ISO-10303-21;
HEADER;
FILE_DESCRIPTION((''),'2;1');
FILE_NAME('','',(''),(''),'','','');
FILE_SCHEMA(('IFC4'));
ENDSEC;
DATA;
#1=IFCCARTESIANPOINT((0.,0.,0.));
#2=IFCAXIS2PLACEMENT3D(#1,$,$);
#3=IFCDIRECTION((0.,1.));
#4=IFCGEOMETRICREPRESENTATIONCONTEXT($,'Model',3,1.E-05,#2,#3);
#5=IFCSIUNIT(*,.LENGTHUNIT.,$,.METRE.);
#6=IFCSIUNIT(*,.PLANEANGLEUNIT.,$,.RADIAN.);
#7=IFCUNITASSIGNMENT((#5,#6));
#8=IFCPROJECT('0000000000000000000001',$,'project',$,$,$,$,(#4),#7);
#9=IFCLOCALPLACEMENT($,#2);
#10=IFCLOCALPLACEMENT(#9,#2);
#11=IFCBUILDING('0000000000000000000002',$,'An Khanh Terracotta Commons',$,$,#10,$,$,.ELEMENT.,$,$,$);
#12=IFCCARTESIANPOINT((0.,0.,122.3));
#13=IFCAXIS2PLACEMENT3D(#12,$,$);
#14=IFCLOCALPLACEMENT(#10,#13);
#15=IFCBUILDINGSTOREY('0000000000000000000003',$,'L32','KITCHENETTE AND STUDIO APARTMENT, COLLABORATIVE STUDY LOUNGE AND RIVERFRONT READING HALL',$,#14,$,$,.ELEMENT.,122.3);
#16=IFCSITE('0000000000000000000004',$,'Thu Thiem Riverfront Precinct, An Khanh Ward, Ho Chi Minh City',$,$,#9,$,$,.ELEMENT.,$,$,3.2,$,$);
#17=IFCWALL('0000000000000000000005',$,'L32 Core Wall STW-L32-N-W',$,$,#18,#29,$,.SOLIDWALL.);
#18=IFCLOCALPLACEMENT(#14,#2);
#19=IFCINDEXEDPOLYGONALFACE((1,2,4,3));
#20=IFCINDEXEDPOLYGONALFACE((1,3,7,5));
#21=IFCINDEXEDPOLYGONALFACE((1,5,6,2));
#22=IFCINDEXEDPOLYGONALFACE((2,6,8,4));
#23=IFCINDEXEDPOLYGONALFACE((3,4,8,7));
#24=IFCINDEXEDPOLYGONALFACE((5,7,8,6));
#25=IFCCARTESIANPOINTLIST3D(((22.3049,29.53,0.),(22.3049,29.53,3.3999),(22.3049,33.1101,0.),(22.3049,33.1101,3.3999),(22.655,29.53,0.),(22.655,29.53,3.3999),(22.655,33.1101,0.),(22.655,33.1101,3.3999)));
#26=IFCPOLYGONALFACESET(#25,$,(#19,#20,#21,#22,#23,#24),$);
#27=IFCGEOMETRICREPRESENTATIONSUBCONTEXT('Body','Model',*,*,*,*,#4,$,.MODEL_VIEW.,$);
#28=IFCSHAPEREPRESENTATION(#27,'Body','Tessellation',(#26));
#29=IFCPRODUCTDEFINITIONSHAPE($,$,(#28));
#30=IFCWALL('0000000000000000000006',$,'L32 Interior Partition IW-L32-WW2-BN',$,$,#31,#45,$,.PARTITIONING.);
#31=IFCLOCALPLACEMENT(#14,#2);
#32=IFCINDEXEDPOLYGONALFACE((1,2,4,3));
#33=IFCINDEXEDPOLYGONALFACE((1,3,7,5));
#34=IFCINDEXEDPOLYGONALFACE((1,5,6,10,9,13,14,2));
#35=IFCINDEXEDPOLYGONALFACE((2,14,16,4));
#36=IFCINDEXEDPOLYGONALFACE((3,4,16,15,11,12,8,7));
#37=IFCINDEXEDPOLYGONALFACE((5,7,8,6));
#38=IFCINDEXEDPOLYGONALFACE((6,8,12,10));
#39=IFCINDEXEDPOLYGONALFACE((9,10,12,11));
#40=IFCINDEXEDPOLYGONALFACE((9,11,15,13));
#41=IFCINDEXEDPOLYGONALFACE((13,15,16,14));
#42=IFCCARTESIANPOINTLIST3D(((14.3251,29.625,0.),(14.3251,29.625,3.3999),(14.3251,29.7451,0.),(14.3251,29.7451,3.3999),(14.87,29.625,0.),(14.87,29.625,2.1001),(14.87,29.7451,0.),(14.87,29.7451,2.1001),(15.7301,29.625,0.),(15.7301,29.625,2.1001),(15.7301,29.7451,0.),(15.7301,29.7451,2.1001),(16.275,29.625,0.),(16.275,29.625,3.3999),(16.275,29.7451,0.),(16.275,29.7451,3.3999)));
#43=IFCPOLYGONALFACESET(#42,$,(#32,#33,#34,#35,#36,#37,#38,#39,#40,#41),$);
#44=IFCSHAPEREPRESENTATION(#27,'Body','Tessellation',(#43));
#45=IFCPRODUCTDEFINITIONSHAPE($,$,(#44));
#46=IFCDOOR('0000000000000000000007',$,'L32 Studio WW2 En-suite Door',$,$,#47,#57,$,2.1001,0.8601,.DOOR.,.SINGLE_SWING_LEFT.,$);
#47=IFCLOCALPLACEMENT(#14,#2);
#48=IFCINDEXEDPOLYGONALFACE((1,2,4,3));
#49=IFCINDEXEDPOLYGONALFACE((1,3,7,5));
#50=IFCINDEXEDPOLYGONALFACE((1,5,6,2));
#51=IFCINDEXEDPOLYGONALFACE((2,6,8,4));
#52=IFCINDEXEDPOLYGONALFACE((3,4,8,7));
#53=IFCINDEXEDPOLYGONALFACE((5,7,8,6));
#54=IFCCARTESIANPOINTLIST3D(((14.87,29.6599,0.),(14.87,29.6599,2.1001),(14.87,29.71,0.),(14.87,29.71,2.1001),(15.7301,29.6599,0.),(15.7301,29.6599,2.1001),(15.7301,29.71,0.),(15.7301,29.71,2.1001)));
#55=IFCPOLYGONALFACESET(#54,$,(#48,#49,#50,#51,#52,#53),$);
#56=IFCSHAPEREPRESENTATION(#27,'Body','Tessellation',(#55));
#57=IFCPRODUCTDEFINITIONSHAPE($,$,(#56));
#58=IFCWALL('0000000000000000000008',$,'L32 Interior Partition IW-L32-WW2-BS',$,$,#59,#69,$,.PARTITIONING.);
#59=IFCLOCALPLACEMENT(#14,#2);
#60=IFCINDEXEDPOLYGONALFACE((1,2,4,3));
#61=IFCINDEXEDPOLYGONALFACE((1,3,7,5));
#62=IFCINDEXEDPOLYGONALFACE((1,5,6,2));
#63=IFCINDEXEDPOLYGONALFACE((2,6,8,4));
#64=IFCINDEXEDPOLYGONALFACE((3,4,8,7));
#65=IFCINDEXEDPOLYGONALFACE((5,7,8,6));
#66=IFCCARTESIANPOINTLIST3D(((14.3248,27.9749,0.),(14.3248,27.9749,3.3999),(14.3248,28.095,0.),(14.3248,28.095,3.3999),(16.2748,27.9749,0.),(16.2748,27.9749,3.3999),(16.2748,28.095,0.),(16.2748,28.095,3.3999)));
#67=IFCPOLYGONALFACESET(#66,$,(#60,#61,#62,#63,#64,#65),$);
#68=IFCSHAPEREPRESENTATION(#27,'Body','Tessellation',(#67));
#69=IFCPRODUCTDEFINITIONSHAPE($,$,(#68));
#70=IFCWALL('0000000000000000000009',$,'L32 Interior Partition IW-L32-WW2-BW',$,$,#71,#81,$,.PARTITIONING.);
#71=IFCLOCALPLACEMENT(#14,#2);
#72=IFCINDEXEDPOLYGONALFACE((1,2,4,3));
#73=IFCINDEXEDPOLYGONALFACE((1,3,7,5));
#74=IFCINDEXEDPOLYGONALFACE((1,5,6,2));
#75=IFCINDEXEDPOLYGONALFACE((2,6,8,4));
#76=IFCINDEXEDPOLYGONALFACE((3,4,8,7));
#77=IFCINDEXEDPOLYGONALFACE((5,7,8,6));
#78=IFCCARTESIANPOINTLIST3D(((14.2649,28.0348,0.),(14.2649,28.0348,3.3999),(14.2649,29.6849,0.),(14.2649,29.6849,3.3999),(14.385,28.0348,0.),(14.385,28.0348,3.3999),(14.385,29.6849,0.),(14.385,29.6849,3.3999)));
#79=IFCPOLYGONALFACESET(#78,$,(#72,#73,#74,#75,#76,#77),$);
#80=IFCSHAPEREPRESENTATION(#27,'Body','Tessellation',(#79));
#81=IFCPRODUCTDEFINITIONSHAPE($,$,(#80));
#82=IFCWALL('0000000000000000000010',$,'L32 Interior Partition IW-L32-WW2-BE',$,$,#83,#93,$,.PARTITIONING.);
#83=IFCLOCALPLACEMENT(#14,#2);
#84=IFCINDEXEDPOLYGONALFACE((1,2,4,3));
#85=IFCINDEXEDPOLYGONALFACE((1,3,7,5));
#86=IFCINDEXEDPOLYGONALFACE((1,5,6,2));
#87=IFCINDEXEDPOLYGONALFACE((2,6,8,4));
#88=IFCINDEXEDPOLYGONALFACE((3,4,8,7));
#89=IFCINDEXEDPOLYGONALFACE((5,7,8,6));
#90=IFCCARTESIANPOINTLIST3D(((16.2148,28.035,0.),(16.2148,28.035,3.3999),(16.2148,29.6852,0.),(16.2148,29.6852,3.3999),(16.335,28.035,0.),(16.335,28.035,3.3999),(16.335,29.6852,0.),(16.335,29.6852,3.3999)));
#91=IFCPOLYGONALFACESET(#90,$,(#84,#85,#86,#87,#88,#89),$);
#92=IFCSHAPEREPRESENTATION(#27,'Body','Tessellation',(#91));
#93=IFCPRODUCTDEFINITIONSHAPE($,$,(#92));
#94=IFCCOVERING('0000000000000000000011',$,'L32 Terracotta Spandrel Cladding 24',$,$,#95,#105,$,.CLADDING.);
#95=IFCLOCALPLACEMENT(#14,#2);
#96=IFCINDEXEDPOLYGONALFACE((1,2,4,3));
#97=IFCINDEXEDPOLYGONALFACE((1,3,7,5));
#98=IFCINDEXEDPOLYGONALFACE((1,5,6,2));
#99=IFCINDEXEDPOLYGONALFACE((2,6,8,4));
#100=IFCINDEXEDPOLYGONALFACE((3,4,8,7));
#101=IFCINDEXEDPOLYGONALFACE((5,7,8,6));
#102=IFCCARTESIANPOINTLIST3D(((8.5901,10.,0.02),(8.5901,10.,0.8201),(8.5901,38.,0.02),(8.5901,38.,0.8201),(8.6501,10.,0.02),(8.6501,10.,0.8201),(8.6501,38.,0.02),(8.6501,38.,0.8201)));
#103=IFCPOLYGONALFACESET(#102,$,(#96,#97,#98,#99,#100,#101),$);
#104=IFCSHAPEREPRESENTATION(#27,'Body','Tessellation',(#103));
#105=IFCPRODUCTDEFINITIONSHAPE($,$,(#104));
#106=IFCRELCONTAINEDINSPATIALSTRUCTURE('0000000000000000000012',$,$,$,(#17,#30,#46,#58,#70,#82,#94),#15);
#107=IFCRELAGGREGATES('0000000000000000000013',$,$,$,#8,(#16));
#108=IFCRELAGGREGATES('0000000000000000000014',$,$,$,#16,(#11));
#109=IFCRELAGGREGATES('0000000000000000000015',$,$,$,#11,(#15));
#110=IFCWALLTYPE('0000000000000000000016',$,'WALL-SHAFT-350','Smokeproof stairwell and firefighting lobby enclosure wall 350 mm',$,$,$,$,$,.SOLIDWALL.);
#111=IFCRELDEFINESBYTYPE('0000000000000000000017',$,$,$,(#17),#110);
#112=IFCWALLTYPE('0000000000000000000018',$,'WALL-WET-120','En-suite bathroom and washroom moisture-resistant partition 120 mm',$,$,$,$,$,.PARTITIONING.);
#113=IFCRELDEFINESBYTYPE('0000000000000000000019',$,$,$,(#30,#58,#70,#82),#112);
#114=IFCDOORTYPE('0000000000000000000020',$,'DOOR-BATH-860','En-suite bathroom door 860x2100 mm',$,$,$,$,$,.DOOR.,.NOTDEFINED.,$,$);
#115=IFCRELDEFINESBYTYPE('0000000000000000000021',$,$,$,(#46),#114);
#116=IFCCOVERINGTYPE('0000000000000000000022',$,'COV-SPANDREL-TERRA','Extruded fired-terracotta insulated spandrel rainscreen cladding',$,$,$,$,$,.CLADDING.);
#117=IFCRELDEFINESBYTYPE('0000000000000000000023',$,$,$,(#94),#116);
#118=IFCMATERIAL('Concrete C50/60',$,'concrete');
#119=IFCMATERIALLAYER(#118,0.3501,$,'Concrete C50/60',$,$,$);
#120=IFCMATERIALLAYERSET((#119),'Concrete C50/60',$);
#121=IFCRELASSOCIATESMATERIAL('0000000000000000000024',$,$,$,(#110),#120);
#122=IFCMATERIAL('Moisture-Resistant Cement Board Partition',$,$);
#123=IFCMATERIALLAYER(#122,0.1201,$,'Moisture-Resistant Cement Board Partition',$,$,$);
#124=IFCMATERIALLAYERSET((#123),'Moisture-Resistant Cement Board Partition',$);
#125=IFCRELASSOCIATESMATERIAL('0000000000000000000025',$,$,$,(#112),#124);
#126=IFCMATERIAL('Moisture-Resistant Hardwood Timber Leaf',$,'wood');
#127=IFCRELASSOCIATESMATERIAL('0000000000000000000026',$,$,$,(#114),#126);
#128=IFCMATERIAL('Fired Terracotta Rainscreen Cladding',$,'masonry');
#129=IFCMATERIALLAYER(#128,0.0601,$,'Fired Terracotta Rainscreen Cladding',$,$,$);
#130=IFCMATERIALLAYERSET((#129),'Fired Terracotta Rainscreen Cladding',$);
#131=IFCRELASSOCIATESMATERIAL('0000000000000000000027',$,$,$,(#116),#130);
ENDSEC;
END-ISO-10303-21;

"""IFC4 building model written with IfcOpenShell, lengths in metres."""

from ifc_helpers import new_model, si_unit, direction, frame, frame_2d, origin, origin_2d, place, context, subcontext, project, spatial, rectangle, extrude, material, layer, layer_set, type_object, element, fill, save


model = new_model("IFC4")

# Units and contexts
model_context = context("Model", 3, precision=1e-05, world=origin(), true_north=direction((0.0, 1.0)))
body_context = subcontext(model_context, "Body", "Model", "MODEL_VIEW")
ifc_project = project(units=[si_unit("LENGTHUNIT", "METRE"), si_unit("PLANEANGLEUNIT", "RADIAN")], contexts=[model_context])

# Site, building, storey
site_placement = place(None, origin())
site = spatial("IfcSite", under=ifc_project, at=site_placement, Name="Thu Thiem Riverfront Precinct, An Khanh Ward, Ho Chi Minh City", CompositionType="ELEMENT", RefElevation=3.2)
building_placement = place(site_placement, origin())
building = spatial("IfcBuilding", under=site, at=building_placement, Name="An Khanh Terracotta Commons", CompositionType="ELEMENT")
storey_placement = place(building_placement, frame((0.0, 0.0, 122.3)))
storey = spatial("IfcBuildingStorey", under=building, at=storey_placement, Name="L32", Description="KITCHENETTE AND STUDIO APARTMENT, COLLABORATIVE STUDY LOUNGE AND RIVERFRONT READING HALL", CompositionType="ELEMENT", Elevation=122.3)

# Wall
ifc_material_1 = material(Name="Concrete C50/60", Category="concrete")
ifc_layer_1 = layer(ifc_material_1, 0.3501, Name="Concrete C50/60")
ifc_layer_set_1 = layer_set([ifc_layer_1], Name="Concrete C50/60")
wall_type_1 = type_object("IfcWallType", Name="WALL-SHAFT-350", Description="Smokeproof stairwell and firefighting lobby enclosure wall 350 mm", PredefinedType="SOLIDWALL", material=ifc_layer_set_1)
wall_1_placement = place(storey_placement, frame((22.48, 29.53, 0.0), z_axis=(0.0, 0.0, 1.0), x_axis=(0.0, 1.0, 0.0)))
element("IfcWall", 1, at=wall_1_placement, inside=storey, type_object=wall_type_1, Name="L32 Core Wall STW-L32-N-W", PredefinedType="SOLIDWALL", context=body_context, shape_type="SweptSolid", body=[
    extrude(rectangle(XDim=3.5801, YDim=0.3501, at=frame_2d((1.79, 0.0))), origin(), (0.0, 0.0, 1.0), 3.3999),
])

# Wall, opening, door
ifc_material_2 = material(Name="Moisture-Resistant Cement Board Partition")
ifc_layer_2 = layer(ifc_material_2, 0.1201, Name="Moisture-Resistant Cement Board Partition")
ifc_layer_set_2 = layer_set([ifc_layer_2], Name="Moisture-Resistant Cement Board Partition")
wall_type_2 = type_object("IfcWallType", Name="WALL-WET-120", Description="En-suite bathroom and washroom moisture-resistant partition 120 mm", PredefinedType="PARTITIONING", material=ifc_layer_set_2)
wall_2_placement = place(storey_placement, frame((14.325, 29.6851, 0.0), z_axis=(0.0, 0.0, 1.0), x_axis=(1.0, 0.0, 0.0)))
wall_2 = element("IfcWall", 2, at=wall_2_placement, inside=storey, type_object=wall_type_2, Name="L32 Interior Partition IW-L32-WW2-BN", PredefinedType="PARTITIONING", context=body_context, shape_type="SweptSolid", body=[
    extrude(rectangle(XDim=1.95, YDim=0.1201, at=frame_2d((0.9751, 0.0))), origin(), (0.0, 0.0, 1.0), 3.3999),
])
opening_1_placement = place(wall_2_placement, frame((0.5449, 0.0, 0.0)))
opening_1 = element("IfcOpeningElement", 3, at=opening_1_placement, cuts=wall_2, PredefinedType="OPENING", context=body_context, shape_type="SweptSolid", body=[
    extrude(rectangle(XDim=0.8601, YDim=2.1001, at=frame_2d((0.4302, 1.05))), frame((0.0, 0.0701, 0.0), z_axis=(0.0, -1.0, 0.0), x_axis=(1.0, 0.0, 0.0)), (0.0, 0.0, 1.0), 0.1401),
])
ifc_material_3 = material(Name="Moisture-Resistant Hardwood Timber Leaf", Category="wood")
door_type_1 = type_object("IfcDoorType", Name="DOOR-BATH-860", Description="En-suite bathroom door 860x2100 mm", OperationType="NOTDEFINED", PredefinedType="DOOR", material=ifc_material_3)
door_1_placement = place(opening_1_placement, origin())
door_1 = element("IfcDoor", 4, at=door_1_placement, inside=storey, type_object=door_type_1, Name="L32 Studio WW2 En-suite Door", OperationType="SINGLE_SWING_LEFT", OverallHeight=2.1001, OverallWidth=0.8601, PredefinedType="DOOR", context=body_context, shape_type="SweptSolid", body=[
    extrude(rectangle(XDim=0.8601, YDim=2.1001, at=frame_2d((0.4302, 1.05))), frame((0.0, 0.0249, 0.0), z_axis=(0.0, -1.0, 0.0), x_axis=(1.0, 0.0, 0.0)), (0.0, 0.0, 1.0), 0.05),
])
fill(opening_1, door_1)

# Walls
wall_3_placement = place(storey_placement, frame((16.2749, 28.0349, 0.0), z_axis=(0.0, 0.0, 1.0), x_axis=(-1.0, 0.0, 0.0)))
element("IfcWall", 5, at=wall_3_placement, inside=storey, type_object=wall_type_2, Name="L32 Interior Partition IW-L32-WW2-BS", PredefinedType="PARTITIONING", context=body_context, shape_type="SweptSolid", body=[
    extrude(rectangle(XDim=1.95, YDim=0.1201, at=frame_2d((0.9751, 0.0))), origin(), (0.0, 0.0, 1.0), 3.3999),
])
for number, where, z_axis, x_axis, name in (
    (6, (14.325, 29.6851, 0.0), (0.0, 0.0, 1.0), (0.0, -1.0, 0.0), "L32 Interior Partition IW-L32-WW2-BW"),
    (7, (16.2749, 28.0349, 0.0), (0.0, 0.0, 1.0), (0.0, 1.0, 0.0), "L32 Interior Partition IW-L32-WW2-BE"),
):
    element("IfcWall", number, at=place(storey_placement, frame(where, z_axis=z_axis, x_axis=x_axis)), inside=storey, type_object=wall_type_2, Name=name, PredefinedType="PARTITIONING", context=body_context, shape_type="SweptSolid", body=[
        extrude(rectangle(XDim=1.6501, YDim=0.1201, at=frame_2d((0.8252, 0.0))), origin(), (0.0, 0.0, 1.0), 3.3999),
    ])

# Covering
ifc_material_4 = material(Name="Fired Terracotta Rainscreen Cladding", Category="masonry")
ifc_layer_3 = layer(ifc_material_4, 0.0601, Name="Fired Terracotta Rainscreen Cladding")
ifc_layer_set_3 = layer_set([ifc_layer_3], Name="Fired Terracotta Rainscreen Cladding")
covering_type = type_object("IfcCoveringType", Name="COV-SPANDREL-TERRA", Description="Extruded fired-terracotta insulated spandrel rainscreen cladding", PredefinedType="CLADDING", material=ifc_layer_set_3)
covering_placement = place(storey_placement, frame((8.6201, 24.0, 0.02), z_axis=(0.0, 0.0, 1.0), x_axis=(0.0, -1.0, 0.0)))
element("IfcCovering", 8, at=covering_placement, inside=storey, type_object=covering_type, Name="L32 Terracotta Spandrel Cladding 24", PredefinedType="CLADDING", context=body_context, shape_type="SweptSolid", body=[
    extrude(rectangle(XDim=28.0, YDim=0.0601, at=origin_2d()), origin(), (0.0, 0.0, 1.0), 0.8),
])

save(model, "model.ifc")
